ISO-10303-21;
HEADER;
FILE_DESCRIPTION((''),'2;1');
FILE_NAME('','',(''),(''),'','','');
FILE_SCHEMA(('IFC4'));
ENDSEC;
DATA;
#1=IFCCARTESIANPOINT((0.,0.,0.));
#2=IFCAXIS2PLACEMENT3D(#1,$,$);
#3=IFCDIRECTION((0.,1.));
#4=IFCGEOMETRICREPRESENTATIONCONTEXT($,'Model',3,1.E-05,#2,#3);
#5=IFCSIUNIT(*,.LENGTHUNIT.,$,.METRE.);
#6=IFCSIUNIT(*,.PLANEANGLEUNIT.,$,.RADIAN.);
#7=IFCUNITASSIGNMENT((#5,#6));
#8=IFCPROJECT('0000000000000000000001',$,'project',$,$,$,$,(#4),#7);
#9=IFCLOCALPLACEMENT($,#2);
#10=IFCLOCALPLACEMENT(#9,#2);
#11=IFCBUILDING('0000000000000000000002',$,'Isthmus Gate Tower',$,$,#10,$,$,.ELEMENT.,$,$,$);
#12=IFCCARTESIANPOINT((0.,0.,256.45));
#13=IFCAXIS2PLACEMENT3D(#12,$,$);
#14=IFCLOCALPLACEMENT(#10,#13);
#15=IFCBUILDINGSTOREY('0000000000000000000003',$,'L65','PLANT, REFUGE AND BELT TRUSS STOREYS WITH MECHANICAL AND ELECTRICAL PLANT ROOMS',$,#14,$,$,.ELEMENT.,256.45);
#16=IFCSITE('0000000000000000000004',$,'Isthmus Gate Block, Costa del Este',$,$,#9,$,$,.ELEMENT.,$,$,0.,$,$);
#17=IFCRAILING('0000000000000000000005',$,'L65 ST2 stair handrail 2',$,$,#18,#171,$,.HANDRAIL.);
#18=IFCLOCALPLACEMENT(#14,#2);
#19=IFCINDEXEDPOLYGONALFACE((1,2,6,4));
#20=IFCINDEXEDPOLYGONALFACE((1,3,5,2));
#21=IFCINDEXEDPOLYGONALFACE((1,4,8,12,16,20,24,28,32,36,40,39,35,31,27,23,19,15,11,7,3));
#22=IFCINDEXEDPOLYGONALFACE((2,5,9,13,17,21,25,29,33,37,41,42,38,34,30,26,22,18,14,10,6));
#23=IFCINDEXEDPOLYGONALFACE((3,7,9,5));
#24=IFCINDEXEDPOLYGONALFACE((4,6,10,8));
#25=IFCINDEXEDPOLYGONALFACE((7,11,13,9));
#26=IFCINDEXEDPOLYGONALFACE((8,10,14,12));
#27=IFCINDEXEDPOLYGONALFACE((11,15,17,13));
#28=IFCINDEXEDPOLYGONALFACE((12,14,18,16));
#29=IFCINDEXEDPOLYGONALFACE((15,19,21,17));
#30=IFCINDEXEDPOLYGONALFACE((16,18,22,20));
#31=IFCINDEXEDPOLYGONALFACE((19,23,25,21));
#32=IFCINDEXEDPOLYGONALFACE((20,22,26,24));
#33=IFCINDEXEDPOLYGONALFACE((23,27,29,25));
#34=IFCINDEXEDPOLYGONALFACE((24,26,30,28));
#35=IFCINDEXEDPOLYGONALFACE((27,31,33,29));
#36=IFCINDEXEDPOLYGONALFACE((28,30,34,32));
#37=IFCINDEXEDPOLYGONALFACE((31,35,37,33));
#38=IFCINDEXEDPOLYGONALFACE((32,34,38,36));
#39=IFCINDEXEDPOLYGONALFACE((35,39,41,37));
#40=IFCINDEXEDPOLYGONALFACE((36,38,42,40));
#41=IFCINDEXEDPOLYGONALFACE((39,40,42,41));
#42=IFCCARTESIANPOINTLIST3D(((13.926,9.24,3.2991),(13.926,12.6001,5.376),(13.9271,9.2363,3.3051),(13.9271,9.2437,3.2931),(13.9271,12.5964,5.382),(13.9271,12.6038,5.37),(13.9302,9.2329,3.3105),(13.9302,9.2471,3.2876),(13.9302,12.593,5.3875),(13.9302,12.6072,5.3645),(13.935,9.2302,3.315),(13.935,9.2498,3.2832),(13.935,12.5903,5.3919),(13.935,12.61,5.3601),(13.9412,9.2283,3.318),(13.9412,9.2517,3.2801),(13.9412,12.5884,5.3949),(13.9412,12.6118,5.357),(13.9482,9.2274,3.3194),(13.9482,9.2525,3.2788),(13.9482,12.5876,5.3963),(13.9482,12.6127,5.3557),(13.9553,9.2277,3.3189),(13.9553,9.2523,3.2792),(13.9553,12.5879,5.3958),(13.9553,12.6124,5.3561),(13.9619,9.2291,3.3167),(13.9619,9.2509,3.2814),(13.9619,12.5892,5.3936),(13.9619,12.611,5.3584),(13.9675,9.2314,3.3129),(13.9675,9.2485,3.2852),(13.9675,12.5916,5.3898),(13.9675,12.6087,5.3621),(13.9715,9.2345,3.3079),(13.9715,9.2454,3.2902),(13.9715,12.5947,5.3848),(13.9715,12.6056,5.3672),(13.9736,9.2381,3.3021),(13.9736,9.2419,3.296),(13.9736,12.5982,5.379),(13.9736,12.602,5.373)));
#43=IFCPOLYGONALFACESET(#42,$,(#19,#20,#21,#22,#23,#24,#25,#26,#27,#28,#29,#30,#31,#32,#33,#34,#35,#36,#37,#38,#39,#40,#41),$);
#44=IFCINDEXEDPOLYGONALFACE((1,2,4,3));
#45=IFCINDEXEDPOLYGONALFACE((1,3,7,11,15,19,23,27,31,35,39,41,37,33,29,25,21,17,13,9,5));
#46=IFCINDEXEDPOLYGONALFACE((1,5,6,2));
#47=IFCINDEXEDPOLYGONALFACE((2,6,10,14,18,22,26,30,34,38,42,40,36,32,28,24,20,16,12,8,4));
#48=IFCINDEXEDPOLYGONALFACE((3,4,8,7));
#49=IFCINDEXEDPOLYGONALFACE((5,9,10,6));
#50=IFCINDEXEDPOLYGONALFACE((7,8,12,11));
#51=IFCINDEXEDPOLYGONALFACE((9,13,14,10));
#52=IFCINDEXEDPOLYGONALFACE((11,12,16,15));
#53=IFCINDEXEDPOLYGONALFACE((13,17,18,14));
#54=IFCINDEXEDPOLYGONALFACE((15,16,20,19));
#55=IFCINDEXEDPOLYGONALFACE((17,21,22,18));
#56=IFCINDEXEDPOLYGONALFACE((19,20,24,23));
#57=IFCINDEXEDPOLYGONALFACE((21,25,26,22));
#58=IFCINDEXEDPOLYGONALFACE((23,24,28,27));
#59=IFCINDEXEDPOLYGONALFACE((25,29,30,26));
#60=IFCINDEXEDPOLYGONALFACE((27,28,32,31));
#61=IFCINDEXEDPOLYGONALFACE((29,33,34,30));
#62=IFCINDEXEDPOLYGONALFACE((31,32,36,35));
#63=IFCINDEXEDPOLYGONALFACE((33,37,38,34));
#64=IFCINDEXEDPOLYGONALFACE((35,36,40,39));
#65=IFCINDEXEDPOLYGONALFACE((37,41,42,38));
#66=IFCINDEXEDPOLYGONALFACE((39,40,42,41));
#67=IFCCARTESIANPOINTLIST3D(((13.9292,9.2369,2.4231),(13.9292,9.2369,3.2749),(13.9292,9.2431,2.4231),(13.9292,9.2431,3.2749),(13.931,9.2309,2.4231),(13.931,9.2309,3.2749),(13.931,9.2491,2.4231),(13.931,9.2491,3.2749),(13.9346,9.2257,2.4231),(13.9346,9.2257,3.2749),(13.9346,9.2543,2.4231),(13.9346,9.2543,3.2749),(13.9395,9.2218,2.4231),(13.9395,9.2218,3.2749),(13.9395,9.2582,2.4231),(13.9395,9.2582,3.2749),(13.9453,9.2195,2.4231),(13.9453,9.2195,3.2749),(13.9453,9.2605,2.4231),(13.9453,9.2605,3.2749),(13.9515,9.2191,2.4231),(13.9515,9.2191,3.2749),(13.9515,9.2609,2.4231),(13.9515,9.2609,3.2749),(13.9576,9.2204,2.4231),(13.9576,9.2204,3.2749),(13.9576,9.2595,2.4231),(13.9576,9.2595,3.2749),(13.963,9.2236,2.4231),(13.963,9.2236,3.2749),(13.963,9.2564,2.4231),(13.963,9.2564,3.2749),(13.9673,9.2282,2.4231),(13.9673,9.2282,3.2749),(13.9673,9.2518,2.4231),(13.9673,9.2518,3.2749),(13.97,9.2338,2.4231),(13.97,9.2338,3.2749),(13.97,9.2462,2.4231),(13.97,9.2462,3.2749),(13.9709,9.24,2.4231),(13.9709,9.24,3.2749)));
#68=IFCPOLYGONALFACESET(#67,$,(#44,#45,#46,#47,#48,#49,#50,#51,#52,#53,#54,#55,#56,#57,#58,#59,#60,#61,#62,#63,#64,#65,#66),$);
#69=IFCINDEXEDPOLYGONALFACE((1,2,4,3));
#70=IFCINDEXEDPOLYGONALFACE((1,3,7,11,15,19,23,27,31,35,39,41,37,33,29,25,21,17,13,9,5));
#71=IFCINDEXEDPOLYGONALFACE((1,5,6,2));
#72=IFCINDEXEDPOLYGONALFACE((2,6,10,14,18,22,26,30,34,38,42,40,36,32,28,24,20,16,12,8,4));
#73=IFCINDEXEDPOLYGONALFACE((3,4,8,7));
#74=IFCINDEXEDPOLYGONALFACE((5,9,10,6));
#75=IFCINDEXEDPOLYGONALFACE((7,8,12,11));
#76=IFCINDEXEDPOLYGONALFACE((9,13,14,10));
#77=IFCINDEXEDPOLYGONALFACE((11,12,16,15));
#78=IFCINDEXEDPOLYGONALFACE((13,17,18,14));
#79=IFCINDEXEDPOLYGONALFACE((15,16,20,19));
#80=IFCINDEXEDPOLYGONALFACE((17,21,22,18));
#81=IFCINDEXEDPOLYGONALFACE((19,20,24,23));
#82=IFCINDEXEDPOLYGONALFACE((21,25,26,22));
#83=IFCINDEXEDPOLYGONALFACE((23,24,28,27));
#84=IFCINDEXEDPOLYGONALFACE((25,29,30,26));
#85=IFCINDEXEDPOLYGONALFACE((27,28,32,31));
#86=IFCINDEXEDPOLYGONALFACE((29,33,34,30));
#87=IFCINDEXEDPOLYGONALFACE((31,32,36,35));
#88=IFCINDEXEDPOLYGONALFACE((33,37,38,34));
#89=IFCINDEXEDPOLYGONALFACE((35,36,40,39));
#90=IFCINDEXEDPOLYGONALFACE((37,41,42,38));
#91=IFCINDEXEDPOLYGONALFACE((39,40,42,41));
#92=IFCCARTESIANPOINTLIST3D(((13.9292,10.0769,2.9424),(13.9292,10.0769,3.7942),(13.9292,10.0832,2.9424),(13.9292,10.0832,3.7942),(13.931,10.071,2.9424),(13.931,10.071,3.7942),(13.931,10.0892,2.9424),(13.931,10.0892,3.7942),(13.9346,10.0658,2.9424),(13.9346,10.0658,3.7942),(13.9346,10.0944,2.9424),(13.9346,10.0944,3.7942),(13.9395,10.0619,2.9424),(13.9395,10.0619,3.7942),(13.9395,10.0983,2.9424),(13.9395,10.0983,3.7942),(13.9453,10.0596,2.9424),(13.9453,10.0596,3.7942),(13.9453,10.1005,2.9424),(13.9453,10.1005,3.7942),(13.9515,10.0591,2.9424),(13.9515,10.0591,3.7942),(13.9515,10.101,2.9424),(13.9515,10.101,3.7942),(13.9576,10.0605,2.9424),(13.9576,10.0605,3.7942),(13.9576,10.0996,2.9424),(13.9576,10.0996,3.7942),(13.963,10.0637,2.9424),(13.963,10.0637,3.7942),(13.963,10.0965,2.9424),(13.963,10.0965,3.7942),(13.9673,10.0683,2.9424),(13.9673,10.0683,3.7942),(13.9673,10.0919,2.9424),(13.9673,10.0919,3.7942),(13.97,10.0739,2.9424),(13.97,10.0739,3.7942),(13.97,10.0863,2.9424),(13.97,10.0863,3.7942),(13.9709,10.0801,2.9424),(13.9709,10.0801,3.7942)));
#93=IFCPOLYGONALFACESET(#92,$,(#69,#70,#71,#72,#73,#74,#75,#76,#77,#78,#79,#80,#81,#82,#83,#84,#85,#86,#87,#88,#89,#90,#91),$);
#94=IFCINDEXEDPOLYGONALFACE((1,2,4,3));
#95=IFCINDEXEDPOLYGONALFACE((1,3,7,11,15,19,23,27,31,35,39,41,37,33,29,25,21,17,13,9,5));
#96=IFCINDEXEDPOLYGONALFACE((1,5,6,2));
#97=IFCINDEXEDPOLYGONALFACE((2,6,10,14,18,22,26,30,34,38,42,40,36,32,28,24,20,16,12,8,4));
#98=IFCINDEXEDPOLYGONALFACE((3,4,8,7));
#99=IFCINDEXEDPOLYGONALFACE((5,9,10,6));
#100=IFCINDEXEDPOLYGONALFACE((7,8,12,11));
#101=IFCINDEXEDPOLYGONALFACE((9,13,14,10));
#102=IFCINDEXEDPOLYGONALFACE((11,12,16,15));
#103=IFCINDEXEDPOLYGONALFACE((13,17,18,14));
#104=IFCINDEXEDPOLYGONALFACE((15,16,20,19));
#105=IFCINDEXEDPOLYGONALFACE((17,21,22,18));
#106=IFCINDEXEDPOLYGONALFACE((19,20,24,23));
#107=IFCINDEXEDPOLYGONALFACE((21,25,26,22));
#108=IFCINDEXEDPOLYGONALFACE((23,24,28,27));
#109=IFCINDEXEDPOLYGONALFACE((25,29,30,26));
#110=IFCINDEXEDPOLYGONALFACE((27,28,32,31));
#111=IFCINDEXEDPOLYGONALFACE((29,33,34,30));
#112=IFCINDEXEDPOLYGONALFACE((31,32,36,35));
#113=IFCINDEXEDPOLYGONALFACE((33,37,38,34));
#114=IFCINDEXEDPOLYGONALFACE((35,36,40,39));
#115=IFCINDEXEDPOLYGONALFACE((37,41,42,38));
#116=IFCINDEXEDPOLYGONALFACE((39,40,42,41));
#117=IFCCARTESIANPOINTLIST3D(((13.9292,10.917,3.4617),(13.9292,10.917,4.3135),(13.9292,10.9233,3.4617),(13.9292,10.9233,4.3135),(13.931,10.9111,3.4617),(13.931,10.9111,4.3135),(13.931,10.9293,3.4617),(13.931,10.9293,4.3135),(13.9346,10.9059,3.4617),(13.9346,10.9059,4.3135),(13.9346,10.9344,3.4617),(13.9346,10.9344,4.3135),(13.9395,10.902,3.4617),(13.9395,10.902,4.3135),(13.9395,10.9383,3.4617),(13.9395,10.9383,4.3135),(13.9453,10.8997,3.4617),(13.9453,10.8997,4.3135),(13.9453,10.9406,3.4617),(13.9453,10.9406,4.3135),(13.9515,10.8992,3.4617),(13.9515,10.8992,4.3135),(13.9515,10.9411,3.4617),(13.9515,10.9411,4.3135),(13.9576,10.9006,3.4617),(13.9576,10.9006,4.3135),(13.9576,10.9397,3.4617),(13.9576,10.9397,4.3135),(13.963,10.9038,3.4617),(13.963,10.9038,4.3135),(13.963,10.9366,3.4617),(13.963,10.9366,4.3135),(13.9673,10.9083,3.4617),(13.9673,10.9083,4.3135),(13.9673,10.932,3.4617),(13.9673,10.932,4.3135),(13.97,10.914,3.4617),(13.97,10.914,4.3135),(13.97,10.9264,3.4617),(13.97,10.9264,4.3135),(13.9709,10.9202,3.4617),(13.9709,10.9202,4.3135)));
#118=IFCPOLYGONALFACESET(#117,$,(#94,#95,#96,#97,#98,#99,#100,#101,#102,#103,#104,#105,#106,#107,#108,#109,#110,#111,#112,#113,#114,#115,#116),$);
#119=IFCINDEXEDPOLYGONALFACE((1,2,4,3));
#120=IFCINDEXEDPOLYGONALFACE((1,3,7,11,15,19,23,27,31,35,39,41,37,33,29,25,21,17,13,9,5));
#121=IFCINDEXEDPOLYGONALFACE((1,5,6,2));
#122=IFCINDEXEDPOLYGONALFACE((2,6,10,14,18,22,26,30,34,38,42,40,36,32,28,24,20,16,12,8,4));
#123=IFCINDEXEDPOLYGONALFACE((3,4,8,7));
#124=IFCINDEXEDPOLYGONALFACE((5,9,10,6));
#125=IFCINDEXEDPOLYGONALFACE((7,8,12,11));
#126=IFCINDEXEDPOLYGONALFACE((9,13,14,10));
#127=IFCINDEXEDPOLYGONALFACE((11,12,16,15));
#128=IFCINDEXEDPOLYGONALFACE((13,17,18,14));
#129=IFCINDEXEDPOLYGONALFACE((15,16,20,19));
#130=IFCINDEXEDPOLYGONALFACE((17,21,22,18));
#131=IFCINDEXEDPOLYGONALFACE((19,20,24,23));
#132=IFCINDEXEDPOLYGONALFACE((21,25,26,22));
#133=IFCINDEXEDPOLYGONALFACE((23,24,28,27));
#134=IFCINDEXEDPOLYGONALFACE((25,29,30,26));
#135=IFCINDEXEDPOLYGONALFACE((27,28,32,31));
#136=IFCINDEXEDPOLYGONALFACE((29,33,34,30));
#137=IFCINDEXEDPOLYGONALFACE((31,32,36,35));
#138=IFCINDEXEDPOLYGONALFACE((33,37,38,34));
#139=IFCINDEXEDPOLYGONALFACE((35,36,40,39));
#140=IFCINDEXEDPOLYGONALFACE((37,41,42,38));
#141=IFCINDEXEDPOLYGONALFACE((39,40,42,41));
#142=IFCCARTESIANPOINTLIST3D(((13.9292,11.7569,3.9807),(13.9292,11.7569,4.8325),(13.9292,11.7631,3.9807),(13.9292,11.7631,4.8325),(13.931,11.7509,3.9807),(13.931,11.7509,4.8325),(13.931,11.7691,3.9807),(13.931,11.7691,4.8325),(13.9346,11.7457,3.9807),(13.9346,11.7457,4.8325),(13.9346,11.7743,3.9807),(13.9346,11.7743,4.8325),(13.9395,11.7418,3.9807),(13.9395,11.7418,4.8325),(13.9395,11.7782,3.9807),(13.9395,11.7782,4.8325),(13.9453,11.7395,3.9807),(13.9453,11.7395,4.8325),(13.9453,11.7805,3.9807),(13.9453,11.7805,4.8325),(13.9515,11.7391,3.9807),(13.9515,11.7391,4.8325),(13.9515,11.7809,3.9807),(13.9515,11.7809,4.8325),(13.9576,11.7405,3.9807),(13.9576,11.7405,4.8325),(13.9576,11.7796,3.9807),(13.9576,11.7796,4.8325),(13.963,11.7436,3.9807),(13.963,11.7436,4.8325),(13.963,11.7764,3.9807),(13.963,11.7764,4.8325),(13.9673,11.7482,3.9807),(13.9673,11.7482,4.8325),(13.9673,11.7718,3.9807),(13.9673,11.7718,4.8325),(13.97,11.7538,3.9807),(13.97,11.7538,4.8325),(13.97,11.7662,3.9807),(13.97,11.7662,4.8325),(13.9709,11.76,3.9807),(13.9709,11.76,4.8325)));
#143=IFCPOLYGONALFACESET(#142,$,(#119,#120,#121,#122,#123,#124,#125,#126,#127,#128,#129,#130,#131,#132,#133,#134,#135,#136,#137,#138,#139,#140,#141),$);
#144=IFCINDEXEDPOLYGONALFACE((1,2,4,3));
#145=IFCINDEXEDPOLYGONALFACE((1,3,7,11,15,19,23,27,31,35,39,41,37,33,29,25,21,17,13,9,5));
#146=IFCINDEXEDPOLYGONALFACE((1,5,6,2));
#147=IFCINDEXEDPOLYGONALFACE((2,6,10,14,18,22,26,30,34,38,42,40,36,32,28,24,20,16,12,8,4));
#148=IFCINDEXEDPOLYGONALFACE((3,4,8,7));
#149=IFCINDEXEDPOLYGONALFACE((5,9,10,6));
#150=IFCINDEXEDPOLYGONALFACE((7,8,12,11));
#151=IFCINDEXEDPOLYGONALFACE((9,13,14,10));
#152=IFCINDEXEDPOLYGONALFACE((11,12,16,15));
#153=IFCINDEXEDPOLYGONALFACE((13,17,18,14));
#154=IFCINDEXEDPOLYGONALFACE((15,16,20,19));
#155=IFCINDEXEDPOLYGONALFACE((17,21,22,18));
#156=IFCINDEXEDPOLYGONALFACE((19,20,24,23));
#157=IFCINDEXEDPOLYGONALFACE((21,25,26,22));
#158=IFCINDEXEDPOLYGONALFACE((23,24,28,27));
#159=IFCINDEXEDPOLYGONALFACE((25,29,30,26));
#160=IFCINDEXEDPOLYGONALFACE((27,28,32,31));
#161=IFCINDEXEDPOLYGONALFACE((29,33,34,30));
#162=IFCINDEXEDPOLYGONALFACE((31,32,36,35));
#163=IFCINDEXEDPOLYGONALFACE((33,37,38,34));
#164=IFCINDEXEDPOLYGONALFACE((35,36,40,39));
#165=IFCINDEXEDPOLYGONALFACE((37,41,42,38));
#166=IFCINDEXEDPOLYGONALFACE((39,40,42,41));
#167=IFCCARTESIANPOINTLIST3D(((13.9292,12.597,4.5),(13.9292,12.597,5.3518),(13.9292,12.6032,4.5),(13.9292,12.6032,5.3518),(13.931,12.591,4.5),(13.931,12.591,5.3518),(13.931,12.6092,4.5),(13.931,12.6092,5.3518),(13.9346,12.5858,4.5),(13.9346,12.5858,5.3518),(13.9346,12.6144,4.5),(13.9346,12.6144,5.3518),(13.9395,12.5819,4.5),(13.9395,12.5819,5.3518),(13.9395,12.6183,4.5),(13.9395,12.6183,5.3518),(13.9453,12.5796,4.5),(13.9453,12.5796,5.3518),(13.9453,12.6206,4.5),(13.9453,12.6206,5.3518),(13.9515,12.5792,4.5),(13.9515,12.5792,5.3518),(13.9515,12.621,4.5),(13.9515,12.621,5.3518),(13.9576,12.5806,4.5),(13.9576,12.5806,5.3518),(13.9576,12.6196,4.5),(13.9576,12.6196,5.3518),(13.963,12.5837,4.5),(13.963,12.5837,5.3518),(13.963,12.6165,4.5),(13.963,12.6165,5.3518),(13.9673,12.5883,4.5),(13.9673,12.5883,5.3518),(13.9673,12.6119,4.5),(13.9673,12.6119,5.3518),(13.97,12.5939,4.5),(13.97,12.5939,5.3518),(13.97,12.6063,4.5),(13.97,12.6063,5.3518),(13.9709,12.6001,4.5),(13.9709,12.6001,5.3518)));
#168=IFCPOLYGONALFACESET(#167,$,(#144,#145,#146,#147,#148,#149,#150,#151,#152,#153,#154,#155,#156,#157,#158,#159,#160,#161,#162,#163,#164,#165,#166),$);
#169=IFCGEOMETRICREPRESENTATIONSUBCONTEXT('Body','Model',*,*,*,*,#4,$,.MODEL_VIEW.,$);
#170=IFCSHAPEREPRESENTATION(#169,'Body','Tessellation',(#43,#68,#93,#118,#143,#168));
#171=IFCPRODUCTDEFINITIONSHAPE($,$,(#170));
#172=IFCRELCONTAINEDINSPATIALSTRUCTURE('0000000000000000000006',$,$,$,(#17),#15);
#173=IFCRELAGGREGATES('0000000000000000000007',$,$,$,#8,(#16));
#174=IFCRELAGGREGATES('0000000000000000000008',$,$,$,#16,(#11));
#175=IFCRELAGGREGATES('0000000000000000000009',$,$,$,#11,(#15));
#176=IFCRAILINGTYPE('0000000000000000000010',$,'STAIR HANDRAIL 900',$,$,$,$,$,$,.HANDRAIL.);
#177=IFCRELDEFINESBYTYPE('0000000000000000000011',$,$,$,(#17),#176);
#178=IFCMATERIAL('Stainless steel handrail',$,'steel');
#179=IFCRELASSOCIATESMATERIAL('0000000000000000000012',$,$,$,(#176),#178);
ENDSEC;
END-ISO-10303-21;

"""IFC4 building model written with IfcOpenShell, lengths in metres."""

from ifc_helpers import new_model, si_unit, direction, frame, origin, origin_2d, place, context, subcontext, project, spatial, circle, extrude, material, type_object, element, save


model = new_model("IFC4")

# Units and contexts
model_context = context("Model", 3, precision=1e-05, world=origin(), true_north=direction((0.0, 1.0)))
body_context = subcontext(model_context, "Body", "Model", "MODEL_VIEW")
ifc_project = project(units=[si_unit("LENGTHUNIT", "METRE"), si_unit("PLANEANGLEUNIT", "RADIAN")], contexts=[model_context])

# Site, building, storey
site_placement = place(None, origin())
site = spatial("IfcSite", under=ifc_project, at=site_placement, Name="Isthmus Gate Block, Costa del Este", CompositionType="ELEMENT", RefElevation=0.0)
building_placement = place(site_placement, origin())
building = spatial("IfcBuilding", under=site, at=building_placement, Name="Isthmus Gate Tower", CompositionType="ELEMENT")
storey_placement = place(building_placement, frame((0.0, 0.0, 256.45)))
storey = spatial("IfcBuildingStorey", under=building, at=storey_placement, Name="L65", Description="PLANT, REFUGE AND BELT TRUSS STOREYS WITH MECHANICAL AND ELECTRICAL PLANT ROOMS", CompositionType="ELEMENT", Elevation=256.45)

# Railing
ifc_material_1 = material(Name="Stainless steel handrail", Category="steel")
railing_type_1 = type_object("IfcRailingType", Name="STAIR HANDRAIL 900", PredefinedType="HANDRAIL", material=ifc_material_1)
for number, where, name in (
    (1, (13.95, 9.24, 2.4231), "L65 ST2 stair handrail 2"),
):
    element("IfcRailing", number, at=place(storey_placement, frame(where)), inside=storey, type_object=railing_type_1, Name=name, PredefinedType="HANDRAIL", context=body_context, shape_type="SweptSolid", body=[
        extrude(circle(Radius=0.0239, at=origin_2d()), frame((0.0, 0.0, 0.876), z_axis=(0.0, 0.850623, 0.525776), x_axis=(-1.0, 0.0, 0.0)), (0.0, 0.0, 1.0), 3.9502),
        extrude(circle(Radius=0.021, at=origin_2d()), origin(), (0.0, 0.0, 1.0), 0.8518),
        extrude(circle(Radius=0.021, at=origin_2d()), frame((0.0, 0.8401, 0.5193)), (0.0, 0.0, 1.0), 0.8518),
        extrude(circle(Radius=0.021, at=origin_2d()), frame((0.0, 1.6802, 1.0386)), (0.0, 0.0, 1.0), 0.8518),
        extrude(circle(Radius=0.021, at=origin_2d()), frame((0.0, 2.52, 1.5576)), (0.0, 0.0, 1.0), 0.8518),
        extrude(circle(Radius=0.021, at=origin_2d()), frame((0.0, 3.3601, 2.0769)), (0.0, 0.0, 1.0), 0.8518),
    ])

save(model, "model.ifc")
